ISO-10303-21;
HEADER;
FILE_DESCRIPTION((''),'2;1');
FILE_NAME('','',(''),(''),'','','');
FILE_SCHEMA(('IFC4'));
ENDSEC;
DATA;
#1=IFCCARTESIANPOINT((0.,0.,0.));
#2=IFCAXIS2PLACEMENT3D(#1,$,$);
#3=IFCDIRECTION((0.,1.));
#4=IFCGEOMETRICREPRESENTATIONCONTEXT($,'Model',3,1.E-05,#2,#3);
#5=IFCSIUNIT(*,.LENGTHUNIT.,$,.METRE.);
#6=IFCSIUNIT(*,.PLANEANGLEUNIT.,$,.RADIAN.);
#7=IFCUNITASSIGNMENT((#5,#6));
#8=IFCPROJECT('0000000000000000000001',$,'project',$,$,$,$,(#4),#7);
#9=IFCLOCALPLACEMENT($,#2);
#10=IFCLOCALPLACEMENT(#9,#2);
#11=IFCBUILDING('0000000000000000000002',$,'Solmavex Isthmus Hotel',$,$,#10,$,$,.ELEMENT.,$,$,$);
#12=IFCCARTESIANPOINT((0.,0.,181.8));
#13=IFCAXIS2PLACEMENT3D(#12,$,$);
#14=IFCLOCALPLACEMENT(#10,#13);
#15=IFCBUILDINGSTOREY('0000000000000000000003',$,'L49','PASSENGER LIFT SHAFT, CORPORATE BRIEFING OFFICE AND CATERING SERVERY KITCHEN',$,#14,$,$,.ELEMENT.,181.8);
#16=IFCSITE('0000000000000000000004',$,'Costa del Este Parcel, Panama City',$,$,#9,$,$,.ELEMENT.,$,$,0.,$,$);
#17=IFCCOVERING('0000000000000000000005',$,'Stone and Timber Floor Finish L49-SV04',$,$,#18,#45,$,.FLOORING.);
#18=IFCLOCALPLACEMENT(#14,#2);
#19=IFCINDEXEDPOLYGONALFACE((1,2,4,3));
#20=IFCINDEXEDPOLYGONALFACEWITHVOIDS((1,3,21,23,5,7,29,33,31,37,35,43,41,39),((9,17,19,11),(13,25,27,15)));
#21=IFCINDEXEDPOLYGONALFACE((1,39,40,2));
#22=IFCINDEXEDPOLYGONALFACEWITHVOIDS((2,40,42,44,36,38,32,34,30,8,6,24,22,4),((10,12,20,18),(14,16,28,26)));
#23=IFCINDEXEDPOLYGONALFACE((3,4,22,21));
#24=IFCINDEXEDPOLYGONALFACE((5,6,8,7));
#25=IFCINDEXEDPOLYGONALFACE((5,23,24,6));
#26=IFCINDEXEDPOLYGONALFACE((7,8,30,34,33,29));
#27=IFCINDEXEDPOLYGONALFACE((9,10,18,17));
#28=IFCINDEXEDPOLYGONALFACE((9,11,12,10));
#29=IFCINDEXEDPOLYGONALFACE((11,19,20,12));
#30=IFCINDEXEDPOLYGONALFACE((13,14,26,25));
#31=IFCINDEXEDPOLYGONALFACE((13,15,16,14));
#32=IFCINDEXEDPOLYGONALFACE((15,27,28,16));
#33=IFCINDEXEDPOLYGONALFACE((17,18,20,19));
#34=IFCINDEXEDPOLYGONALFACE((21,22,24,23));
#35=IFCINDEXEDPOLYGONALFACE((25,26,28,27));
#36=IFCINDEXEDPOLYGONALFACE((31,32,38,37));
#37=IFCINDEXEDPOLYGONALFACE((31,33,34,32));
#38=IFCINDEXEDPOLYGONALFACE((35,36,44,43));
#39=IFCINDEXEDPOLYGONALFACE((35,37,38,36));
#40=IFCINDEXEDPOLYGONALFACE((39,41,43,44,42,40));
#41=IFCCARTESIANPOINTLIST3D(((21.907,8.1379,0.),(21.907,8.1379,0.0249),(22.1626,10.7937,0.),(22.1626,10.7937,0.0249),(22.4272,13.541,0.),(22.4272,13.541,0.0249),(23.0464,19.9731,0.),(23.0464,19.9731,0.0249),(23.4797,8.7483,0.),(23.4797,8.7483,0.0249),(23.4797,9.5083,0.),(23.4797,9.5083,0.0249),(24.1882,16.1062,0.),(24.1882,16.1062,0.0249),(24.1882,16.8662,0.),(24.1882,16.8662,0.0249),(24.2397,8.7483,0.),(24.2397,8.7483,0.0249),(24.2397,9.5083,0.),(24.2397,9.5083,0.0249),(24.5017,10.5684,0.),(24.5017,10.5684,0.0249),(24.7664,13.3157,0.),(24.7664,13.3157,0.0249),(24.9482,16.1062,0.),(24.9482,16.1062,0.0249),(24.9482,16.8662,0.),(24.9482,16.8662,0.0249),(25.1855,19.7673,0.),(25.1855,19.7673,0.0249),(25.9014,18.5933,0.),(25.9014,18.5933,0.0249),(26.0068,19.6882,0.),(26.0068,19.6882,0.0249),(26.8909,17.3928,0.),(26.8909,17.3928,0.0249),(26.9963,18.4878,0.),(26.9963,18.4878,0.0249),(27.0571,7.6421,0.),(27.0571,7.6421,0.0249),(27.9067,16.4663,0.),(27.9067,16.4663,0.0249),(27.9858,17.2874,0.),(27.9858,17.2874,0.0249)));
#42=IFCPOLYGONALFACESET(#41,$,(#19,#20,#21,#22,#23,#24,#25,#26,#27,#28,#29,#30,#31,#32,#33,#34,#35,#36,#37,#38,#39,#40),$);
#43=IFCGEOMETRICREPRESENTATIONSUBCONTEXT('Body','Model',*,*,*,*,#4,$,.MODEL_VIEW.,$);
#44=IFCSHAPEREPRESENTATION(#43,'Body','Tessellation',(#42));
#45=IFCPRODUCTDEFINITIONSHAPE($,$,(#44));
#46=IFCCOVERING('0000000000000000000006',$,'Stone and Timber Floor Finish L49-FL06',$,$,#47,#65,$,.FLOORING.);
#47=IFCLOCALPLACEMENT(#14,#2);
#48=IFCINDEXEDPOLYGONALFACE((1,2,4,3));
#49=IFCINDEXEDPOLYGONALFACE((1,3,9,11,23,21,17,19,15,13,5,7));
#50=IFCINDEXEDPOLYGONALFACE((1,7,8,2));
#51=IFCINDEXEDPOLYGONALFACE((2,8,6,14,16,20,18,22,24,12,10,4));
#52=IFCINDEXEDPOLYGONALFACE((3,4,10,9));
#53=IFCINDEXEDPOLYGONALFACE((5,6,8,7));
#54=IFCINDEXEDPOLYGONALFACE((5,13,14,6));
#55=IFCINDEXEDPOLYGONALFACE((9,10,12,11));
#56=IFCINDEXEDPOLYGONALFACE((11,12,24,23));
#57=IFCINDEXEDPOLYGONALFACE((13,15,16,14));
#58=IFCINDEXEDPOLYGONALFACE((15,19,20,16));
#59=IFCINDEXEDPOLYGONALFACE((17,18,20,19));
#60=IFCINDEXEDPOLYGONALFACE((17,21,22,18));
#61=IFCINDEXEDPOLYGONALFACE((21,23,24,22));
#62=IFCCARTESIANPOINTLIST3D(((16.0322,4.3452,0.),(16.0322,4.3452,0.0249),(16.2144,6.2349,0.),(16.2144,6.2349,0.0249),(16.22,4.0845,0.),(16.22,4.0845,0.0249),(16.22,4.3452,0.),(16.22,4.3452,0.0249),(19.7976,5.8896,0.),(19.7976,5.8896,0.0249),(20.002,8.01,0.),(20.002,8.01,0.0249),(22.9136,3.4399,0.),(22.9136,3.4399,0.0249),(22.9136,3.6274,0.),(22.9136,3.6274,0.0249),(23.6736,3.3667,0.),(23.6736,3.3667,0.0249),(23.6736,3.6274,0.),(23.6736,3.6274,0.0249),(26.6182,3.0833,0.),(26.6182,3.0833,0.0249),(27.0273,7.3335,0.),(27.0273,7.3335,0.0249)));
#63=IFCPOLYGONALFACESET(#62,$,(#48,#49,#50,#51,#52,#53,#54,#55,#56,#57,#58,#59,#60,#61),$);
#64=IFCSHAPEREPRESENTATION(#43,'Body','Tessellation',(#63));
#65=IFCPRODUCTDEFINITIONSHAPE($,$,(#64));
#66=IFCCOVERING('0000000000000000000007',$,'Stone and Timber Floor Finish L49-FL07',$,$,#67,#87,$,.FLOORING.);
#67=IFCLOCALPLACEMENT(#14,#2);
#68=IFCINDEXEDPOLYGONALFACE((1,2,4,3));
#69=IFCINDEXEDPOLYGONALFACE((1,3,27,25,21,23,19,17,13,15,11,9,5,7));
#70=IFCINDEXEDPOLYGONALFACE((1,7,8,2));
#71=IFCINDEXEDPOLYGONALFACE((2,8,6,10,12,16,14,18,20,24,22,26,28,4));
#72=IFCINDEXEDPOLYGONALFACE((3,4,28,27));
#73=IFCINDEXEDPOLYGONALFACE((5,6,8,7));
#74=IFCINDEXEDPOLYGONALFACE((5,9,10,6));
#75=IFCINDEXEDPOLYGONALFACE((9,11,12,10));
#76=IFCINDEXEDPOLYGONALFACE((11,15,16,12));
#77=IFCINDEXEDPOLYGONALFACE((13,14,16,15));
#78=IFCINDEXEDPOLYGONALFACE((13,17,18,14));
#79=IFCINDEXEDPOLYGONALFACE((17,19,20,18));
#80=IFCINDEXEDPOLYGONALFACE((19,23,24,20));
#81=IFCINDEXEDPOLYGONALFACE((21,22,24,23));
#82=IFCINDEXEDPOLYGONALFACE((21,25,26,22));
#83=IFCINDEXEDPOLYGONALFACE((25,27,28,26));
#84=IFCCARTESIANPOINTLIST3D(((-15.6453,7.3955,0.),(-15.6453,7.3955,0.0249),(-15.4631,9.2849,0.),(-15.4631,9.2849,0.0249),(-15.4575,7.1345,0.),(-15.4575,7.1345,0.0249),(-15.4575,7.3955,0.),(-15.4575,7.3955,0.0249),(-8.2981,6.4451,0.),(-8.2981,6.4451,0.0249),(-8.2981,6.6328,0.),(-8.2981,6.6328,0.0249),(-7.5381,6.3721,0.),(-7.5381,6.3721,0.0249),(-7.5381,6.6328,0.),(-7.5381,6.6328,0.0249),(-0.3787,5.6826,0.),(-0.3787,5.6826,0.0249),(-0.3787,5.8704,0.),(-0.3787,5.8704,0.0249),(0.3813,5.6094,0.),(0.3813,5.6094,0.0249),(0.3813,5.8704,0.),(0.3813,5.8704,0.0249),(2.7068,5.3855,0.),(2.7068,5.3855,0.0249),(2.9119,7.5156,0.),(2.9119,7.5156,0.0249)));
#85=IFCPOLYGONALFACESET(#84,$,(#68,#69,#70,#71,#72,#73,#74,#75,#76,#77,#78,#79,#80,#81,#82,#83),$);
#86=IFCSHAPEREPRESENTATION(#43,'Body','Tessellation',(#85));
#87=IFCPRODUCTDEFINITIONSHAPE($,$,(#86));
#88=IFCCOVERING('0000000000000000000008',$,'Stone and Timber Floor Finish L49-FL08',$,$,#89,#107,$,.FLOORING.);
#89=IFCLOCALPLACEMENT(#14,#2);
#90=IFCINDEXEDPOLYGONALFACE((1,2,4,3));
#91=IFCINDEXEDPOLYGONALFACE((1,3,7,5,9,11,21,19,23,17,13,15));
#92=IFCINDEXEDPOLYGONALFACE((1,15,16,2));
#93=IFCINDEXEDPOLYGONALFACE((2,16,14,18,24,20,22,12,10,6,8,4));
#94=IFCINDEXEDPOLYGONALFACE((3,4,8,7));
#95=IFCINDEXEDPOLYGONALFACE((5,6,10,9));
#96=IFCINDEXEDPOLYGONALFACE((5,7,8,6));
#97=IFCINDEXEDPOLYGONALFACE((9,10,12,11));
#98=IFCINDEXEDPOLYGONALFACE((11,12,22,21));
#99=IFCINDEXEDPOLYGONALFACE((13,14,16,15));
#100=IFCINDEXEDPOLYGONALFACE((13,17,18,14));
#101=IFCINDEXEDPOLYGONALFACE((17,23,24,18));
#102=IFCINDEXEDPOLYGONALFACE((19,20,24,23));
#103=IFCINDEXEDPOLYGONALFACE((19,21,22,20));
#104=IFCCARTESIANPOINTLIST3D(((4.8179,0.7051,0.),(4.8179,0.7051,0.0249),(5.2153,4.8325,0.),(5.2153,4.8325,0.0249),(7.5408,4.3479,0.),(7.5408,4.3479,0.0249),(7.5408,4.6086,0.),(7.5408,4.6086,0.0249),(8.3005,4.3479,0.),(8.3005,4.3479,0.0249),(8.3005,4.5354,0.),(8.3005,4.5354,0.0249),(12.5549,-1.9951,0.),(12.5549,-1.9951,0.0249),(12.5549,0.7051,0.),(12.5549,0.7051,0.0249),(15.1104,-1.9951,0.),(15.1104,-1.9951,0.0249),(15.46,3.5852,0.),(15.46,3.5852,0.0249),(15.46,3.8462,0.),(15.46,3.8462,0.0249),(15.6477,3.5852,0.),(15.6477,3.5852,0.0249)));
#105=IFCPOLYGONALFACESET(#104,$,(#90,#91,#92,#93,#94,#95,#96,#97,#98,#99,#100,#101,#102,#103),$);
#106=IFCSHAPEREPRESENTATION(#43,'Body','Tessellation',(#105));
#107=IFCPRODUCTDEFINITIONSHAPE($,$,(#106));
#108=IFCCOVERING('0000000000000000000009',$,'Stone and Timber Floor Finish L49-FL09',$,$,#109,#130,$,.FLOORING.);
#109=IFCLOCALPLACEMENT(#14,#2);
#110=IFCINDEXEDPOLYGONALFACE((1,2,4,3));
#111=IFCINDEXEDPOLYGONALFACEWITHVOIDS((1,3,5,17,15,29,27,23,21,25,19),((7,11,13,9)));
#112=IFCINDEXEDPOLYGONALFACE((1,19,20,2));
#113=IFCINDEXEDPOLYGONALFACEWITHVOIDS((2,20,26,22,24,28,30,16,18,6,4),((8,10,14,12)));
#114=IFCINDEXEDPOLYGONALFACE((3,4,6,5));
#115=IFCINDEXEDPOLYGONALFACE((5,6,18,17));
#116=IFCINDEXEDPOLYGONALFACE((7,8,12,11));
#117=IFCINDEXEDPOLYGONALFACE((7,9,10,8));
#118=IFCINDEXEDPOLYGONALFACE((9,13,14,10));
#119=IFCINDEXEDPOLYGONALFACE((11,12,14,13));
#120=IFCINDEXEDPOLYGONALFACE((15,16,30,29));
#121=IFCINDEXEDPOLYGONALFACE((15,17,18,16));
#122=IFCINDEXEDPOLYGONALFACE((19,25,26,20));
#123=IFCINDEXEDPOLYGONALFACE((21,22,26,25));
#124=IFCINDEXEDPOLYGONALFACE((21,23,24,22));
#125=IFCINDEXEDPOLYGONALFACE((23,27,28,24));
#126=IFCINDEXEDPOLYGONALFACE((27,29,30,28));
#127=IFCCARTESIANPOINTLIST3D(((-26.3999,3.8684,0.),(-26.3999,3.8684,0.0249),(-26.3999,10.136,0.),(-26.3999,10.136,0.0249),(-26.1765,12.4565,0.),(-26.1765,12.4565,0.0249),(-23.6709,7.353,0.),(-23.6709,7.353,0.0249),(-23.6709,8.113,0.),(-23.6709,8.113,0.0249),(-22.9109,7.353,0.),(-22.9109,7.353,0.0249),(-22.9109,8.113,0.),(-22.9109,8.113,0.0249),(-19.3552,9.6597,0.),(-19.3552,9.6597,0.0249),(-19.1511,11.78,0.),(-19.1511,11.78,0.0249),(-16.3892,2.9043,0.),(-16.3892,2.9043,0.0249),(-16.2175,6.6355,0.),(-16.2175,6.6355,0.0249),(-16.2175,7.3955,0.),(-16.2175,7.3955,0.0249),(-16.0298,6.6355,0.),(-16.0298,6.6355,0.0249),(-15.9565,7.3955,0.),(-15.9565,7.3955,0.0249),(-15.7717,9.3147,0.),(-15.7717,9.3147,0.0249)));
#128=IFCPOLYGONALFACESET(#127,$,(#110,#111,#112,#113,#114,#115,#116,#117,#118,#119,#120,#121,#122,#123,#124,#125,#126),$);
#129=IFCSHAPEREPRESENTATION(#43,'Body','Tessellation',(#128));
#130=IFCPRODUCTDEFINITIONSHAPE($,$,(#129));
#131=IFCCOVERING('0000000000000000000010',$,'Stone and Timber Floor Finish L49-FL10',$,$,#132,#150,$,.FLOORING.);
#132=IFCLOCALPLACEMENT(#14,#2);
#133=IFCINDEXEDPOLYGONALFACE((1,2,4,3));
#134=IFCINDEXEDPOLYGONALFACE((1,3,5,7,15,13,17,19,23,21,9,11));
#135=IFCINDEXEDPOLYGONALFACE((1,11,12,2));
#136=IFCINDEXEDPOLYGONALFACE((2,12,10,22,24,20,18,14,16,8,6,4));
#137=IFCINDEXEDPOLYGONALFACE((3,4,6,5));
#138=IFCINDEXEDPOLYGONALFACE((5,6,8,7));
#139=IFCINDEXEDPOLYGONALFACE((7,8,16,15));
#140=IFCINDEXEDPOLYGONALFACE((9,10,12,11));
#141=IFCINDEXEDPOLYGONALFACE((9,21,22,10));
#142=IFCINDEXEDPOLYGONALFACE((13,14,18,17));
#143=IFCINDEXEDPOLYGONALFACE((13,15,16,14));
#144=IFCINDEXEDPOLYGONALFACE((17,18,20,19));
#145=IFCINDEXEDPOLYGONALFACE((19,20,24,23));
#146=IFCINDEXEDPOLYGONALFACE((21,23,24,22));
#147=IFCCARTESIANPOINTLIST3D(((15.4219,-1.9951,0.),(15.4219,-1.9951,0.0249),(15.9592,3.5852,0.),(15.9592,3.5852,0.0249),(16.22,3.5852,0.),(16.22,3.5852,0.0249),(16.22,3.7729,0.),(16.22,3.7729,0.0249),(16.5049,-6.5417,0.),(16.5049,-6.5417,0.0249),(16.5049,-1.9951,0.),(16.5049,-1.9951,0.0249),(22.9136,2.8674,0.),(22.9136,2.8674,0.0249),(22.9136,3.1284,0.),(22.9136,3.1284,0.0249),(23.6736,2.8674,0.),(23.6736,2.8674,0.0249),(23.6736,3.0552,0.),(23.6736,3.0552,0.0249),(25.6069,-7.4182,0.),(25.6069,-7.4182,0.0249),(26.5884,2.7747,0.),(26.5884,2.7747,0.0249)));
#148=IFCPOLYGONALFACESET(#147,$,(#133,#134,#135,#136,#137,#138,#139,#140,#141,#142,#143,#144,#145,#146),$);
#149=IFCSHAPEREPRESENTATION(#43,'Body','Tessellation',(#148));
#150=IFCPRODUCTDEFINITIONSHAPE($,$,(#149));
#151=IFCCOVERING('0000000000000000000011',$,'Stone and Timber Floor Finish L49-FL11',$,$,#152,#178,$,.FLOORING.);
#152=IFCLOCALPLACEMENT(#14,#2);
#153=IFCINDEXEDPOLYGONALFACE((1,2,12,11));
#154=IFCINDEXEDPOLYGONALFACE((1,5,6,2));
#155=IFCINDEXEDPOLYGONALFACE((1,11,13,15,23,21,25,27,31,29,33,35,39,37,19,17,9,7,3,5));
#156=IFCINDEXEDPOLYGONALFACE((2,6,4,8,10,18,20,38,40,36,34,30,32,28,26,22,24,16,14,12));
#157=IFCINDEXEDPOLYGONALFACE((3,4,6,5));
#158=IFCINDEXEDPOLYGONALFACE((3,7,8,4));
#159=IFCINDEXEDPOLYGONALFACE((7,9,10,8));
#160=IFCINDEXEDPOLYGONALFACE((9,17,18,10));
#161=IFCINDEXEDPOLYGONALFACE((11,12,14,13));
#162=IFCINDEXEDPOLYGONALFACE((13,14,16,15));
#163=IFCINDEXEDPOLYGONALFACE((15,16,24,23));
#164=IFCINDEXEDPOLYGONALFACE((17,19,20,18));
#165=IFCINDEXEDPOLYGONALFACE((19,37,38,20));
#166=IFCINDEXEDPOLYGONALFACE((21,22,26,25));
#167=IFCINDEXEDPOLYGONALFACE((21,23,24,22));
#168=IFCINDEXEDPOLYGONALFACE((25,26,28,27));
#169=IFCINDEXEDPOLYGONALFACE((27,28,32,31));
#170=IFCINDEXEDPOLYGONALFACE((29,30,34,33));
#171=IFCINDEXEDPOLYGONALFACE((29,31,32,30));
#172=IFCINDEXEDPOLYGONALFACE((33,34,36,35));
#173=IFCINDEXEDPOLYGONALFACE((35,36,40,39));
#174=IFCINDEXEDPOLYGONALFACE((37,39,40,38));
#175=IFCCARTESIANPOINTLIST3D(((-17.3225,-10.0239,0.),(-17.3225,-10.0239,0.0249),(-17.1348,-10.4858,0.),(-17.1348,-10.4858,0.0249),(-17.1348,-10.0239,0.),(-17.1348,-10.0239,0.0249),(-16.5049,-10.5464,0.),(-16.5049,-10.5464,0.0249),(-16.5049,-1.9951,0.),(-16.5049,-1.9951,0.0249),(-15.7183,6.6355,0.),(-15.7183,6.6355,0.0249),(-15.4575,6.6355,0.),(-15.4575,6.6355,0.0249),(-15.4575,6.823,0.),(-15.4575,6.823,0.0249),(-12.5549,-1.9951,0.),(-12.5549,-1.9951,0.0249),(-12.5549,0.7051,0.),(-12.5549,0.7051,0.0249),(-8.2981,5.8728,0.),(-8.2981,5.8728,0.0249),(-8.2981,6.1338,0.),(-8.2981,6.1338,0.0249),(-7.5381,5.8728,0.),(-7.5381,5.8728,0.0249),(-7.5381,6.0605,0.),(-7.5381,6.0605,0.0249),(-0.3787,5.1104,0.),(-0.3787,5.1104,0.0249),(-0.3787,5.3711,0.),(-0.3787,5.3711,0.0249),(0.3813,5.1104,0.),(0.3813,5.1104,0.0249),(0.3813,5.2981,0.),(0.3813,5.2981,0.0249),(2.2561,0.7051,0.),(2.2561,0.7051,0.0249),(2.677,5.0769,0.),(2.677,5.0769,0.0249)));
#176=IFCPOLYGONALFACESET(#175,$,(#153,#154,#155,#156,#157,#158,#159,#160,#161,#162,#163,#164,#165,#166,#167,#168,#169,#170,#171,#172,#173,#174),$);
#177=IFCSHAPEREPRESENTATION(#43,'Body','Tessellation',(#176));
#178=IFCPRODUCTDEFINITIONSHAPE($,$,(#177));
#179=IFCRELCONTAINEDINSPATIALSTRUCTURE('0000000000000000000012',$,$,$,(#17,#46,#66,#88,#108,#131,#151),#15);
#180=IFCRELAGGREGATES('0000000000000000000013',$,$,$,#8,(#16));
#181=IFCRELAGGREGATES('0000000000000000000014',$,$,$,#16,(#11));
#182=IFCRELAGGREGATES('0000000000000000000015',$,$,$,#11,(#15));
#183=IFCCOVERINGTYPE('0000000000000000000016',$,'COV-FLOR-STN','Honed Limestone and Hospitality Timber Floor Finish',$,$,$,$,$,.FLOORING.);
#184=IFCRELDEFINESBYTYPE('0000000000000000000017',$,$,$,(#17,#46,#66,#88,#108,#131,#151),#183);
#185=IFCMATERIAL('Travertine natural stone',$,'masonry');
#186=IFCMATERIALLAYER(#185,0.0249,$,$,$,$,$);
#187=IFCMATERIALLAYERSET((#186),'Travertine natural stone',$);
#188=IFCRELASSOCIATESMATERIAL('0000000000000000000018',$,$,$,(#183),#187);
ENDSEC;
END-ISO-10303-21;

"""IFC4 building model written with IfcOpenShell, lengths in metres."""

from ifc_helpers import new_model, si_unit, direction, frame, origin, place, context, subcontext, project, spatial, polyline, outline, extrude, material, layer, layer_set, type_object, element, save


model = new_model("IFC4")

# Units and contexts
model_context = context("Model", 3, precision=1e-05, world=origin(), true_north=direction((0.0, 1.0)))
body_context = subcontext(model_context, "Body", "Model", "MODEL_VIEW")
ifc_project = project(units=[si_unit("LENGTHUNIT", "METRE"), si_unit("PLANEANGLEUNIT", "RADIAN")], contexts=[model_context])

# Site, building, storey
site_placement = place(None, origin())
site = spatial("IfcSite", under=ifc_project, at=site_placement, Name="Costa del Este Parcel, Panama City", CompositionType="ELEMENT", RefElevation=0.0)
building_placement = place(site_placement, origin())
building = spatial("IfcBuilding", under=site, at=building_placement, Name="Solmavex Isthmus Hotel", CompositionType="ELEMENT")
storey_placement = place(building_placement, frame((0.0, 0.0, 181.8)))
storey = spatial("IfcBuildingStorey", under=building, at=storey_placement, Name="L49", Description="PASSENGER LIFT SHAFT, CORPORATE BRIEFING OFFICE AND CATERING SERVERY KITCHEN", CompositionType="ELEMENT", Elevation=181.8)

# Coverings
ifc_material_1 = material(Name="Travertine natural stone", Category="masonry")
ifc_layer_1 = layer(ifc_material_1, 0.0249)
ifc_layer_set_1 = layer_set([ifc_layer_1], Name="Travertine natural stone")
covering_type_1 = type_object("IfcCoveringType", Name="COV-FLOR-STN", Description="Honed Limestone and Hospitality Timber Floor Finish", PredefinedType="FLOORING", material=ifc_layer_set_1)
covering_1_placement = place(storey_placement, origin())
element("IfcCovering", 1, at=covering_1_placement, inside=storey, type_object=covering_type_1, Name="Stone and Timber Floor Finish L49-SV04", PredefinedType="FLOORING", context=body_context, shape_type="SweptSolid", body=[
    extrude(outline(polyline([(25.9014, 18.5933), (26.0068, 19.6882), (25.1855, 19.7673), (23.0464, 19.9731), (22.4272, 13.541), (24.7664, 13.3157), (24.5017, 10.5684), (22.1626, 10.7937), (21.907, 8.1379), (27.0571, 7.6421), (27.9067, 16.4663), (27.9858, 17.2874), (26.8909, 17.3928), (26.9963, 18.4878), (25.9014, 18.5933)]), holes=[polyline([(24.1882, 16.1062), (24.1882, 16.8662), (24.9482, 16.8662), (24.9482, 16.1062), (24.1882, 16.1062)]), polyline([(23.4797, 8.7483), (23.4797, 9.5083), (24.2397, 9.5083), (24.2397, 8.7483), (23.4797, 8.7483)])]), origin(), (0.0, 0.0, 1.0), 0.0249),
])
covering_2_placement = place(storey_placement, origin())
element("IfcCovering", 2, at=covering_2_placement, inside=storey, type_object=covering_type_1, Name="Stone and Timber Floor Finish L49-FL06", PredefinedType="FLOORING", context=body_context, shape_type="SweptSolid", body=[
    extrude(outline(polyline([(22.9136, 3.4399), (22.9136, 3.6274), (23.6736, 3.6274), (23.6736, 3.3667), (26.6182, 3.0833), (27.0273, 7.3335), (20.002, 8.01), (19.7976, 5.8896), (16.2144, 6.2349), (16.0322, 4.3452), (16.22, 4.3452), (16.22, 4.0845), (22.9136, 3.4399)])), origin(), (0.0, 0.0, 1.0), 0.0249),
])
covering_3_placement = place(storey_placement, origin())
element("IfcCovering", 3, at=covering_3_placement, inside=storey, type_object=covering_type_1, Name="Stone and Timber Floor Finish L49-FL07", PredefinedType="FLOORING", context=body_context, shape_type="SweptSolid", body=[
    extrude(outline(polyline([(-0.3787, 5.6826), (-0.3787, 5.8704), (0.3813, 5.8704), (0.3813, 5.6094), (2.7068, 5.3855), (2.9119, 7.5156), (-15.4631, 9.2849), (-15.6453, 7.3955), (-15.4575, 7.3955), (-15.4575, 7.1345), (-8.2981, 6.4451), (-8.2981, 6.6328), (-7.5381, 6.6328), (-7.5381, 6.3721), (-0.3787, 5.6826)])), origin(), (0.0, 0.0, 1.0), 0.0249),
])
covering_4_placement = place(storey_placement, origin())
element("IfcCovering", 4, at=covering_4_placement, inside=storey, type_object=covering_type_1, Name="Stone and Timber Floor Finish L49-FL08", PredefinedType="FLOORING", context=body_context, shape_type="SweptSolid", body=[
    extrude(outline(polyline([(8.3005, 4.5354), (8.3005, 4.3479), (7.5408, 4.3479), (7.5408, 4.6086), (5.2153, 4.8325), (4.8179, 0.7051), (12.5549, 0.7051), (12.5549, -1.9951), (15.1104, -1.9951), (15.6477, 3.5852), (15.46, 3.5852), (15.46, 3.8462), (8.3005, 4.5354)])), origin(), (0.0, 0.0, 1.0), 0.0249),
])
covering_5_placement = place(storey_placement, origin())
element("IfcCovering", 5, at=covering_5_placement, inside=storey, type_object=covering_type_1, Name="Stone and Timber Floor Finish L49-FL09", PredefinedType="FLOORING", context=body_context, shape_type="SweptSolid", body=[
    extrude(outline(polyline([(-16.0298, 6.6355), (-16.2175, 6.6355), (-16.2175, 7.3955), (-15.9565, 7.3955), (-15.7717, 9.3147), (-19.3552, 9.6597), (-19.1511, 11.78), (-26.1765, 12.4565), (-26.3999, 10.136), (-26.3999, 3.8684), (-16.3892, 2.9043), (-16.0298, 6.6355)]), holes=[polyline([(-23.6709, 7.353), (-23.6709, 8.113), (-22.9109, 8.113), (-22.9109, 7.353), (-23.6709, 7.353)])]), origin(), (0.0, 0.0, 1.0), 0.0249),
])
covering_6_placement = place(storey_placement, origin())
element("IfcCovering", 6, at=covering_6_placement, inside=storey, type_object=covering_type_1, Name="Stone and Timber Floor Finish L49-FL10", PredefinedType="FLOORING", context=body_context, shape_type="SweptSolid", body=[
    extrude(outline(polyline([(16.22, 3.7729), (16.22, 3.5852), (15.9592, 3.5852), (15.4219, -1.9951), (16.5049, -1.9951), (16.5049, -6.5417), (25.6069, -7.4182), (26.5884, 2.7747), (23.6736, 3.0552), (23.6736, 2.8674), (22.9136, 2.8674), (22.9136, 3.1284), (16.22, 3.7729)])), origin(), (0.0, 0.0, 1.0), 0.0249),
])
covering_7_placement = place(storey_placement, origin())
element("IfcCovering", 7, at=covering_7_placement, inside=storey, type_object=covering_type_1, Name="Stone and Timber Floor Finish L49-FL11", PredefinedType="FLOORING", context=body_context, shape_type="SweptSolid", body=[
    extrude(outline(polyline([(-17.3225, -10.0239), (-17.1348, -10.0239), (-17.1348, -10.4858), (-16.5049, -10.5464), (-16.5049, -1.9951), (-12.5549, -1.9951), (-12.5549, 0.7051), (2.2561, 0.7051), (2.677, 5.0769), (0.3813, 5.2981), (0.3813, 5.1104), (-0.3787, 5.1104), (-0.3787, 5.3711), (-7.5381, 6.0605), (-7.5381, 5.8728), (-8.2981, 5.8728), (-8.2981, 6.1338), (-15.4575, 6.823), (-15.4575, 6.6355), (-15.7183, 6.6355), (-17.3225, -10.0239)])), origin(), (0.0, 0.0, 1.0), 0.0249),
])

save(model, "model.ifc")
